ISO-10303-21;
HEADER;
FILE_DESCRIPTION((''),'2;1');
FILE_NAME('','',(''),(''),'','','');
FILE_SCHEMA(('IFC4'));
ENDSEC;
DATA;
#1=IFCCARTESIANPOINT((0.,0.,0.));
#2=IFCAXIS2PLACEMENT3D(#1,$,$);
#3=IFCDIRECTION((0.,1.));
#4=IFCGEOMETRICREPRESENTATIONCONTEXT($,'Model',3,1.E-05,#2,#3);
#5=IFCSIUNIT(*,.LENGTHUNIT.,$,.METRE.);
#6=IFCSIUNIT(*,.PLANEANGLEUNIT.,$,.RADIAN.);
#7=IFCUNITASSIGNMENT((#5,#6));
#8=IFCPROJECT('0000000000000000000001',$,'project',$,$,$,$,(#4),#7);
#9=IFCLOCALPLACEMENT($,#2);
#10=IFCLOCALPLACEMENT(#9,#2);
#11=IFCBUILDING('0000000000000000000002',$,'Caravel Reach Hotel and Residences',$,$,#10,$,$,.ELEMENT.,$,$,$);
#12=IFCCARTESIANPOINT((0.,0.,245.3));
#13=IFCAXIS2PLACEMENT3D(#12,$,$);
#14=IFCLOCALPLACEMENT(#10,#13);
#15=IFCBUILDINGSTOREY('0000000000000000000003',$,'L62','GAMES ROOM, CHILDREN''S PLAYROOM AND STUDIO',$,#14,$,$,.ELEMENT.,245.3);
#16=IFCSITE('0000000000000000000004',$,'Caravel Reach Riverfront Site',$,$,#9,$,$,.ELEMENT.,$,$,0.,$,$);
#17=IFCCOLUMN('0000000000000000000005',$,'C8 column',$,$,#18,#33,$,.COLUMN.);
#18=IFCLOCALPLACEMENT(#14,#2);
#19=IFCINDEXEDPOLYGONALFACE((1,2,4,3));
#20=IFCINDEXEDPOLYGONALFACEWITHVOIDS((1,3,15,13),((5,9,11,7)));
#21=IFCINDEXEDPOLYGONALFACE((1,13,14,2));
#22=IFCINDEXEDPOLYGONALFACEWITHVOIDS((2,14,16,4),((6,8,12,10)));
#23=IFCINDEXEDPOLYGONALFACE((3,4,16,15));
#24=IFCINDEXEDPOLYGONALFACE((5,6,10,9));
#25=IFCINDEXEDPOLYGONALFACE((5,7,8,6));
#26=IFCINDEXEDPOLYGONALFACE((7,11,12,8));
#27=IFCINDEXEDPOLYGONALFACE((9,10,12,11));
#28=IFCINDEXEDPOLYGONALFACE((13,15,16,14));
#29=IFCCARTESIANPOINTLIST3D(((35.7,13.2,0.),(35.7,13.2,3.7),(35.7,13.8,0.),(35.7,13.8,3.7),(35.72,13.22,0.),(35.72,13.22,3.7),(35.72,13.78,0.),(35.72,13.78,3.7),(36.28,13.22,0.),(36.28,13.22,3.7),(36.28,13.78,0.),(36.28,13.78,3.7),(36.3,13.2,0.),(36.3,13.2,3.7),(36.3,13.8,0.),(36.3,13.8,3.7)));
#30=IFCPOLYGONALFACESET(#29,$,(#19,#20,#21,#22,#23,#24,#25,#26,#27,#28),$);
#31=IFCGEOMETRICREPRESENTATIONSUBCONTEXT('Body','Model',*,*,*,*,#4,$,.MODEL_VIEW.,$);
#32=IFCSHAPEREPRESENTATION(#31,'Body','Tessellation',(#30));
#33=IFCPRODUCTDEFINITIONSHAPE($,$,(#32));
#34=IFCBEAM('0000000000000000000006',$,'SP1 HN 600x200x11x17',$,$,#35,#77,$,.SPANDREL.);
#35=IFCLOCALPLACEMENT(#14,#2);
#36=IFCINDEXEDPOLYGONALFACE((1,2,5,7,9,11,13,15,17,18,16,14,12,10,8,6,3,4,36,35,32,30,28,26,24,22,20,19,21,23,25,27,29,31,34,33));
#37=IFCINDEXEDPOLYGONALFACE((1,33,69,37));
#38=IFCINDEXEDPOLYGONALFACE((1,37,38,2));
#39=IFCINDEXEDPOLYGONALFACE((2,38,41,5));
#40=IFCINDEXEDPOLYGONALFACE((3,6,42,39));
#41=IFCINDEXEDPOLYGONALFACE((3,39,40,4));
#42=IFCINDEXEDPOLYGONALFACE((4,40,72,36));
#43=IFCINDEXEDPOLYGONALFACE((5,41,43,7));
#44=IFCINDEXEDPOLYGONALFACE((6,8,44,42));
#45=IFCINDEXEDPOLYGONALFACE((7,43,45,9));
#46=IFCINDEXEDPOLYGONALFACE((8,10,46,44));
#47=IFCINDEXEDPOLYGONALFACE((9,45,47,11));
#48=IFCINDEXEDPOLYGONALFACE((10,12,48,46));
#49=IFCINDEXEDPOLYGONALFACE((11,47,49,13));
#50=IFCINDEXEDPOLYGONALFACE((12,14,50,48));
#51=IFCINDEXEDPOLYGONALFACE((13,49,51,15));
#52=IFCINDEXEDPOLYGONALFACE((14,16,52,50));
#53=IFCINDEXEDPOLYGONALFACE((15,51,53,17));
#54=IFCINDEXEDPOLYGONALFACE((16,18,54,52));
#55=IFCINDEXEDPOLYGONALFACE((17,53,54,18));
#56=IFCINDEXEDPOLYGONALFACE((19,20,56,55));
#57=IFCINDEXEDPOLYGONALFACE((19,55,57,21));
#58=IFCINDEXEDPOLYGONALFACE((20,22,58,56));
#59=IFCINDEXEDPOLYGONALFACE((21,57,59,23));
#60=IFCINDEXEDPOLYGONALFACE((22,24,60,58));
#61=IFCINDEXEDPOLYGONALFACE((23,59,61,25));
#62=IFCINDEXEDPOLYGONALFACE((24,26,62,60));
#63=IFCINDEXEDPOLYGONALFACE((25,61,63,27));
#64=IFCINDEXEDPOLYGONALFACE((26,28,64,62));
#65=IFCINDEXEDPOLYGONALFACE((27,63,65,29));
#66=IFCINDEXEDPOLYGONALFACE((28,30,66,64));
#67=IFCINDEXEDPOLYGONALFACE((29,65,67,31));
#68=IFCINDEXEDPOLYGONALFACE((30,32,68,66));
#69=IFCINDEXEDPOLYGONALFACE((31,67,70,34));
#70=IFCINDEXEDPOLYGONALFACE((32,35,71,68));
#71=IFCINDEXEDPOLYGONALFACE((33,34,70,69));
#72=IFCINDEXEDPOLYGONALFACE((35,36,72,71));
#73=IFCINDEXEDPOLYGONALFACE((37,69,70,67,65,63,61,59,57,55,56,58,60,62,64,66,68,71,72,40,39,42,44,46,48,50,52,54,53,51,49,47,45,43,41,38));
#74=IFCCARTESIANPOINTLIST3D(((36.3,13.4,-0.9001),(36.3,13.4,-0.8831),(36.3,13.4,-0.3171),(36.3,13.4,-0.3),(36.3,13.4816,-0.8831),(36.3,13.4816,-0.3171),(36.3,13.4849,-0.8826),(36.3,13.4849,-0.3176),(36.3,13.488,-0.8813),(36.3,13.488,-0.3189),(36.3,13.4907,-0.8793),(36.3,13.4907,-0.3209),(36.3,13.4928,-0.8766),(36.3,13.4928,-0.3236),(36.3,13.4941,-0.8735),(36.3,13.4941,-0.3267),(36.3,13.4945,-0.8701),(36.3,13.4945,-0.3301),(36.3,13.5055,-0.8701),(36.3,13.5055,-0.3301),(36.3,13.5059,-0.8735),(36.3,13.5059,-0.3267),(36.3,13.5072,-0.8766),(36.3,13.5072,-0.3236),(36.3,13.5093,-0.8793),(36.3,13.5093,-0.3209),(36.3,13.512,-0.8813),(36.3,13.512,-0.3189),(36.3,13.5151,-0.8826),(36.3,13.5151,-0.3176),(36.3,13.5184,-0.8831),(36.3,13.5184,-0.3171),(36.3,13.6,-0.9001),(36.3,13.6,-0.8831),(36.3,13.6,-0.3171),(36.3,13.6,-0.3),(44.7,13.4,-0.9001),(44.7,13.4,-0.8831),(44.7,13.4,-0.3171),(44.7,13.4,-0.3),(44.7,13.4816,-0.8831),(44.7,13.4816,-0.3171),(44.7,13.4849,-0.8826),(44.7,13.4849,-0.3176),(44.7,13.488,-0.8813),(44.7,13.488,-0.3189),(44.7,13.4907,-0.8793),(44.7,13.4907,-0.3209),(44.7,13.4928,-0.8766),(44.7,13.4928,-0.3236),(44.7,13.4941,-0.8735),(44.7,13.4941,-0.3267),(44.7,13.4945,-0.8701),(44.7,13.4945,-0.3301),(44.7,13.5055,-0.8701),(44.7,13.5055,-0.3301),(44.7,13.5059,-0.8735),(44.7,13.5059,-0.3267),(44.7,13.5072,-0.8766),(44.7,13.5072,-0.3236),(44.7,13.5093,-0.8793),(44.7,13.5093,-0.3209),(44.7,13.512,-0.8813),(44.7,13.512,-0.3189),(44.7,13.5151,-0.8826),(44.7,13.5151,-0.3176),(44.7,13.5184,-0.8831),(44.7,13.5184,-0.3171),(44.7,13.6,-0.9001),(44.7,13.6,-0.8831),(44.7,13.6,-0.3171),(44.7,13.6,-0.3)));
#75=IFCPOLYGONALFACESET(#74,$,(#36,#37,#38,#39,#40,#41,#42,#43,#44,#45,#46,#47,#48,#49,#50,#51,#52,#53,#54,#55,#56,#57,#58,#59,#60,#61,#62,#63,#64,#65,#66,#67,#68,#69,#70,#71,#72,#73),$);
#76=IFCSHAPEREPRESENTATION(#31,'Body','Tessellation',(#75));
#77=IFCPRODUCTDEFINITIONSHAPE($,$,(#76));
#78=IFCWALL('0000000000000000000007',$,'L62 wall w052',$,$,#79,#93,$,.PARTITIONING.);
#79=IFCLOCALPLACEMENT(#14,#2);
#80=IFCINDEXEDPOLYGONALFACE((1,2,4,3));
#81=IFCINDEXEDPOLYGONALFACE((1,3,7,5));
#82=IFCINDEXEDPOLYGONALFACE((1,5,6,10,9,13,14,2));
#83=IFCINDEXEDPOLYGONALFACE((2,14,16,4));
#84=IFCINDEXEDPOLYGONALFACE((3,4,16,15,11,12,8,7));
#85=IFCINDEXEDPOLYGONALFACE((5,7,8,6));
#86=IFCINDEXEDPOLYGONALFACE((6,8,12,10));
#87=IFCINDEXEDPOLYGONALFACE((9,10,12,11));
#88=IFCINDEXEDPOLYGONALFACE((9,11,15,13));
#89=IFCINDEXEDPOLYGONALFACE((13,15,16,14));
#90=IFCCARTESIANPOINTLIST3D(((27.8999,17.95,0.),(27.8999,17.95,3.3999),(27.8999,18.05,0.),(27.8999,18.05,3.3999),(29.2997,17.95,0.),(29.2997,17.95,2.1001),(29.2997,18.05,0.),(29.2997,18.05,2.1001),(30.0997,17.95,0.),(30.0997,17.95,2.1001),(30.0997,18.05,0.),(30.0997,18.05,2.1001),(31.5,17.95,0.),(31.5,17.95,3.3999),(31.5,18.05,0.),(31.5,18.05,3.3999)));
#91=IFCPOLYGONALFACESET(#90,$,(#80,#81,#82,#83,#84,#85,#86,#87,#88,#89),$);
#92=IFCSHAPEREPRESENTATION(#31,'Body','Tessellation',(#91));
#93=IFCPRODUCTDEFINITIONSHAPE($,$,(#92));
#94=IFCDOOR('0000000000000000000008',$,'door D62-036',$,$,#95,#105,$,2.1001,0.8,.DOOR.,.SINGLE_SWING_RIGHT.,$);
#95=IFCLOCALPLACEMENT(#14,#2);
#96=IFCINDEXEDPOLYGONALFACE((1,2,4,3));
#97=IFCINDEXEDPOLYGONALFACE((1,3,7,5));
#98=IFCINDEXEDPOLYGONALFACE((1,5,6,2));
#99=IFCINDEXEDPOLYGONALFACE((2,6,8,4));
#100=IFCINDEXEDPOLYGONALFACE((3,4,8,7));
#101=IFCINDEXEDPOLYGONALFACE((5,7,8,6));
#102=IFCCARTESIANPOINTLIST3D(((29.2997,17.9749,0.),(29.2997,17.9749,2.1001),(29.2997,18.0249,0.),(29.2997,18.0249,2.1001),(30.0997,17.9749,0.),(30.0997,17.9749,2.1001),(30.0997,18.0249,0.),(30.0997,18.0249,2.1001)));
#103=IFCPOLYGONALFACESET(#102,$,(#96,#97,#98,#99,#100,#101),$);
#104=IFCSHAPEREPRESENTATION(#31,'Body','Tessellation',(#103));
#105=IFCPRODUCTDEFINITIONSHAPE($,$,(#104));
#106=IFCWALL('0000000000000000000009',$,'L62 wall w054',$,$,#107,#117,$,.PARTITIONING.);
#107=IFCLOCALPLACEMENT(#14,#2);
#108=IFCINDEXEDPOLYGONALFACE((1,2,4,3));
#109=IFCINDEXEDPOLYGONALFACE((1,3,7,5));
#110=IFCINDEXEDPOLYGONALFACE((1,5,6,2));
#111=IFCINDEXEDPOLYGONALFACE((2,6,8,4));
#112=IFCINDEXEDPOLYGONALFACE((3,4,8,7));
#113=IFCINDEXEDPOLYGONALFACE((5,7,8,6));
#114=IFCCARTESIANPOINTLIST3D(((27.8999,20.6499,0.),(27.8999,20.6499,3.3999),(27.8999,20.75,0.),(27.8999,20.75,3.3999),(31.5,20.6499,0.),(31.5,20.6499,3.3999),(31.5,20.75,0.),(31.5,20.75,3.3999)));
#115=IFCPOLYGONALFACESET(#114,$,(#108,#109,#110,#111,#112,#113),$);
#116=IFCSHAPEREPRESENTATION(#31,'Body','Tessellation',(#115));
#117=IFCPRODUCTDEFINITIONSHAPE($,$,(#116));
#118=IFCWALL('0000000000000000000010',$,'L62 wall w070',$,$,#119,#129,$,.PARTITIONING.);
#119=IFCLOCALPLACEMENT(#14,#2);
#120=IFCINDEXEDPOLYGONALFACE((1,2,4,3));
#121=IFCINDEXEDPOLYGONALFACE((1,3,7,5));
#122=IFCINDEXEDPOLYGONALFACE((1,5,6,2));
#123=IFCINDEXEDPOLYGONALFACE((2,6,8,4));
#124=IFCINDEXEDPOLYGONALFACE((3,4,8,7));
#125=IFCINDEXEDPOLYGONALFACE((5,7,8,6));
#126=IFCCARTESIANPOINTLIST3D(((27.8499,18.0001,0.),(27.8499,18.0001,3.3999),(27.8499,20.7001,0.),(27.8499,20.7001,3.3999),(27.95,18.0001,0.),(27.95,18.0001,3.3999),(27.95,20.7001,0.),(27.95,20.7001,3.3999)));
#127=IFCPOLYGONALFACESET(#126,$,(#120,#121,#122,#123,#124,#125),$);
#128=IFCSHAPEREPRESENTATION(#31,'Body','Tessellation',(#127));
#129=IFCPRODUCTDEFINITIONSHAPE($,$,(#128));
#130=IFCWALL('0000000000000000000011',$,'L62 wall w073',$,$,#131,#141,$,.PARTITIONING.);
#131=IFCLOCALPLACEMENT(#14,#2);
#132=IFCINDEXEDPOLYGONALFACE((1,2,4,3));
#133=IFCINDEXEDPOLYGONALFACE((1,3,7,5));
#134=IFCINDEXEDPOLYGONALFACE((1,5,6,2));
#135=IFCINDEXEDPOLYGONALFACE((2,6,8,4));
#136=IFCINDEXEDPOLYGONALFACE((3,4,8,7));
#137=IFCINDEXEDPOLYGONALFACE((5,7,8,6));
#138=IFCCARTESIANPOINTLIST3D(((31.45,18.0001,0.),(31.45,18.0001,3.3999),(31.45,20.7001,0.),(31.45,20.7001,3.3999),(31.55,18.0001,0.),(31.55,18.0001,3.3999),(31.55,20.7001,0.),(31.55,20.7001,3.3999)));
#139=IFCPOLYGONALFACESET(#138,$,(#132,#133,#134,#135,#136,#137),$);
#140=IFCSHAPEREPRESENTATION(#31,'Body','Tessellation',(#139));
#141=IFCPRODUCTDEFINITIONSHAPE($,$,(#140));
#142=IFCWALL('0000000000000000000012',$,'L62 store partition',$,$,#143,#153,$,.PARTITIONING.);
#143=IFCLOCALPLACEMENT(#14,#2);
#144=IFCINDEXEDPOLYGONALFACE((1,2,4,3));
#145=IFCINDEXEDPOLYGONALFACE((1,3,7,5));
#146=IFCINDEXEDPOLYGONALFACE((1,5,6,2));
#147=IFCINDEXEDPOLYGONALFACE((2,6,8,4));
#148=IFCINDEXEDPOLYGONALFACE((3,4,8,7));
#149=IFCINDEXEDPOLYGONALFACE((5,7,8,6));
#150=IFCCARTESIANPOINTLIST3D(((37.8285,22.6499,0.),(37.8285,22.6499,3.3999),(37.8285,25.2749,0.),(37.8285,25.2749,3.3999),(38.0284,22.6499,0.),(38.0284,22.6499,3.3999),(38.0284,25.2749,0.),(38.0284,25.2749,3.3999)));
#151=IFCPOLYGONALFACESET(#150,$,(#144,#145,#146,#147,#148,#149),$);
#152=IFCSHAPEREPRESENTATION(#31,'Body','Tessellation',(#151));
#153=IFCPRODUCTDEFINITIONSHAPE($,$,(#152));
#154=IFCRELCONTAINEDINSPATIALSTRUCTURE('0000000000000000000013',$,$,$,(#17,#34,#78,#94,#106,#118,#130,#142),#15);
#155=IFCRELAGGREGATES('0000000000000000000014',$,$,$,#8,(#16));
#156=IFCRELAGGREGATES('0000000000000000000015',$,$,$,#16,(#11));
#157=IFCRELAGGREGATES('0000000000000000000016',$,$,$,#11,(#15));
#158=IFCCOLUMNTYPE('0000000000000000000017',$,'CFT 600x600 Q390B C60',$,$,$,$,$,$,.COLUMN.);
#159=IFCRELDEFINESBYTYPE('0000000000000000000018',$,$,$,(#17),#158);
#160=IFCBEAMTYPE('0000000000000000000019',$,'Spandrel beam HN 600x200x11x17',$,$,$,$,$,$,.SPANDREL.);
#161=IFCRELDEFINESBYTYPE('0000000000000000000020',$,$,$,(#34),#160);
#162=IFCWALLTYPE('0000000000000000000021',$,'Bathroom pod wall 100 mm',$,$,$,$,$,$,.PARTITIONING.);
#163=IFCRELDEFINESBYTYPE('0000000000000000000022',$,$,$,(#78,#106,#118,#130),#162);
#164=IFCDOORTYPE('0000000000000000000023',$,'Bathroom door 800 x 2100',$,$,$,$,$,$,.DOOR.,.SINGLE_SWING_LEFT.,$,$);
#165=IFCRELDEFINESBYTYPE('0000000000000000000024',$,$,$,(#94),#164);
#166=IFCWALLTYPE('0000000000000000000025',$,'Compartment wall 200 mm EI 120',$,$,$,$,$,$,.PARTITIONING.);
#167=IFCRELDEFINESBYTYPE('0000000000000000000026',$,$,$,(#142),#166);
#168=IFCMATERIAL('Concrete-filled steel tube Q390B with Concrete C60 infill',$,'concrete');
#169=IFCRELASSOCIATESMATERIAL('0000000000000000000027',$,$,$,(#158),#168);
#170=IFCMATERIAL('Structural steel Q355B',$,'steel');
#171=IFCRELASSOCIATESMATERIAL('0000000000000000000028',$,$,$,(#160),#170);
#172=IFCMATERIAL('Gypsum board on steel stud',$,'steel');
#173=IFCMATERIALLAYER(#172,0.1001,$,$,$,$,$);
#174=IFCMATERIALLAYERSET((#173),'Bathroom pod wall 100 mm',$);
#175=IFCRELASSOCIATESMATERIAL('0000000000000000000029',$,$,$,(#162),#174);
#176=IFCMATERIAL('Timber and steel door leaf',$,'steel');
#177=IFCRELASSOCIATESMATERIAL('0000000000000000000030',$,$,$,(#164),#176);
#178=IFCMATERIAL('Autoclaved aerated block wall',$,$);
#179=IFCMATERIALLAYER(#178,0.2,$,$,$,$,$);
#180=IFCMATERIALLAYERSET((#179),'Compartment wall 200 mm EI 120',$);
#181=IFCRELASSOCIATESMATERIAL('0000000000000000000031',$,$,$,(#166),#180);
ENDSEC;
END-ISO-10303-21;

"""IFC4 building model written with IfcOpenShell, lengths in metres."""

from ifc_helpers import new_model, si_unit, direction, frame, frame_2d, origin, origin_2d, place, context, subcontext, project, spatial, rectangle, hollow_rectangle, i_section, extrude, material, layer, layer_set, material_profile, profile_set, type_object, element, fill, save


model = new_model("IFC4")

# Units and contexts
model_context = context("Model", 3, precision=1e-05, world=origin(), true_north=direction((0.0, 1.0)))
body_context = subcontext(model_context, "Body", "Model", "MODEL_VIEW")
ifc_project = project(units=[si_unit("LENGTHUNIT", "METRE"), si_unit("PLANEANGLEUNIT", "RADIAN")], contexts=[model_context])

# Site, building, storey
site_placement = place(None, origin())
site = spatial("IfcSite", under=ifc_project, at=site_placement, Name="Caravel Reach Riverfront Site", CompositionType="ELEMENT", RefElevation=0.0)
building_placement = place(site_placement, origin())
building = spatial("IfcBuilding", under=site, at=building_placement, Name="Caravel Reach Hotel and Residences", CompositionType="ELEMENT")
storey_placement = place(building_placement, frame((0.0, 0.0, 245.3)))
storey = spatial("IfcBuildingStorey", under=building, at=storey_placement, Name="L62", Description="GAMES ROOM, CHILDREN'S PLAYROOM AND STUDIO", CompositionType="ELEMENT", Elevation=245.3)

# Column
ifc_material_1 = material(Name="Concrete-filled steel tube Q390B with Concrete C60 infill", Category="concrete")
ifc_material_profile_1 = material_profile(ifc_material_1, hollow_rectangle(XDim=0.6001, YDim=0.6001, WallThickness=0.02, at=origin_2d()), Name="RHS 600x600x20")
ifc_profile_set_1 = profile_set([ifc_material_profile_1], Name="Concrete-filled steel tube Q390B with Concrete C60 infill")
column_type = type_object("IfcColumnType", Name="CFT 600x600 Q390B C60", PredefinedType="COLUMN", material=ifc_profile_set_1)
column_placement = place(storey_placement, frame((36.0, 13.5, 0.0), z_axis=(0.0, 0.0, 1.0), x_axis=(1.0, 0.0, 0.0)))
element("IfcColumn", 1, at=column_placement, inside=storey, type_object=column_type, Name="C8 column", PredefinedType="COLUMN", context=body_context, shape_type="SweptSolid", body=[
    extrude(hollow_rectangle(XDim=0.6001, YDim=0.6001, WallThickness=0.02, at=origin_2d()), origin(), (0.0, 0.0, 1.0), 3.7),
])

# Beam
ifc_material_2 = material(Name="Structural steel Q355B", Category="steel")
ifc_material_profile_2 = material_profile(ifc_material_2, i_section(OverallWidth=0.2, OverallDepth=0.6001, WebThickness=0.011, FlangeThickness=0.0171, FilletRadius=0.0129, at=origin_2d()), Name="HN 600x200x11x17")
ifc_profile_set_2 = profile_set([ifc_material_profile_2], Name="Structural steel Q355B")
beam_type = type_object("IfcBeamType", Name="Spandrel beam HN 600x200x11x17", PredefinedType="SPANDREL", material=ifc_profile_set_2)
beam_placement = place(storey_placement, frame((36.3, 13.5, -0.6001), z_axis=(1.0, 0.0, 0.0), x_axis=(0.0, 1.0, 0.0)))
element("IfcBeam", 2, at=beam_placement, inside=storey, type_object=beam_type, Name="SP1 HN 600x200x11x17", PredefinedType="SPANDREL", context=body_context, shape_type="SweptSolid", body=[
    extrude(i_section(OverallWidth=0.2, OverallDepth=0.6001, WebThickness=0.011, FlangeThickness=0.0171, FilletRadius=0.0129, at=origin_2d()), origin(), (0.0, 0.0, 1.0), 8.3999),
])

# Wall, opening, door
ifc_material_3 = material(Name="Gypsum board on steel stud", Category="steel")
ifc_layer_1 = layer(ifc_material_3, 0.1001)
ifc_layer_set_1 = layer_set([ifc_layer_1], Name="Bathroom pod wall 100 mm")
wall_type_1 = type_object("IfcWallType", Name="Bathroom pod wall 100 mm", PredefinedType="PARTITIONING", material=ifc_layer_set_1)
wall_1_placement = place(storey_placement, frame((27.8999, 18.0, 0.0), z_axis=(0.0, 0.0, 1.0), x_axis=(1.0, 0.0, 0.0)))
wall_1 = element("IfcWall", 3, at=wall_1_placement, inside=storey, type_object=wall_type_1, Name="L62 wall w052", PredefinedType="PARTITIONING", context=body_context, shape_type="SweptSolid", body=[
    extrude(rectangle(XDim=3.6001, YDim=0.1001, at=frame_2d((1.8, 0.0))), origin(), (0.0, 0.0, 1.0), 3.3999),
])
opening_1_placement = place(wall_1_placement, frame((1.3999, 0.0, 0.0)))
opening_1 = element("IfcOpeningElement", 4, at=opening_1_placement, cuts=wall_1, PredefinedType="OPENING", context=body_context, shape_type="SweptSolid", body=[
    extrude(rectangle(XDim=0.8, YDim=2.1001, at=frame_2d((0.3999, 1.05))), frame((0.0, 0.0601, 0.0), z_axis=(0.0, -1.0, 0.0), x_axis=(1.0, 0.0, 0.0)), (0.0, 0.0, 1.0), 0.1201),
])
ifc_material_4 = material(Name="Timber and steel door leaf", Category="steel")
door_type_1 = type_object("IfcDoorType", Name="Bathroom door 800 x 2100", OperationType="SINGLE_SWING_LEFT", PredefinedType="DOOR", material=ifc_material_4)
door_1_placement = place(opening_1_placement, origin())
door_1 = element("IfcDoor", 5, at=door_1_placement, inside=storey, type_object=door_type_1, Name="door D62-036", OperationType="SINGLE_SWING_RIGHT", OverallHeight=2.1001, OverallWidth=0.8, PredefinedType="DOOR", context=body_context, shape_type="SweptSolid", body=[
    extrude(rectangle(XDim=0.8, YDim=2.1001, at=frame_2d((0.3999, 1.05))), frame((0.0, 0.0249, 0.0), z_axis=(0.0, -1.0, 0.0), x_axis=(1.0, 0.0, 0.0)), (0.0, 0.0, 1.0), 0.05),
])
fill(opening_1, door_1)

# Walls
wall_2_placement = place(storey_placement, frame((27.8999, 20.7, 0.0), z_axis=(0.0, 0.0, 1.0), x_axis=(1.0, 0.0, 0.0)))
element("IfcWall", 6, at=wall_2_placement, inside=storey, type_object=wall_type_1, Name="L62 wall w054", PredefinedType="PARTITIONING", context=body_context, shape_type="SweptSolid", body=[
    extrude(rectangle(XDim=3.6001, YDim=0.1001, at=frame_2d((1.8, 0.0))), origin(), (0.0, 0.0, 1.0), 3.3999),
])
for number, where, z_axis, x_axis, name in (
    (7, (27.8999, 18.0, 0.0), (0.0, 0.0, 1.0), (0.0, 1.0, 0.0), "L62 wall w070"),
    (8, (31.5, 18.0, 0.0), (0.0, 0.0, 1.0), (0.0, 1.0, 0.0), "L62 wall w073"),
):
    element("IfcWall", number, at=place(storey_placement, frame(where, z_axis=z_axis, x_axis=x_axis)), inside=storey, type_object=wall_type_1, Name=name, PredefinedType="PARTITIONING", context=body_context, shape_type="SweptSolid", body=[
        extrude(rectangle(XDim=2.7, YDim=0.1001, at=frame_2d((1.3501, 0.0))), origin(), (0.0, 0.0, 1.0), 3.3999),
    ])
ifc_material_5 = material(Name="Autoclaved aerated block wall")
ifc_layer_2 = layer(ifc_material_5, 0.2)
ifc_layer_set_2 = layer_set([ifc_layer_2], Name="Compartment wall 200 mm EI 120")
wall_type_2 = type_object("IfcWallType", Name="Compartment wall 200 mm EI 120", PredefinedType="PARTITIONING", material=ifc_layer_set_2)
wall_3_placement = place(storey_placement, frame((37.9285, 22.6499, 0.0), z_axis=(0.0, 0.0, 1.0), x_axis=(0.0, 1.0, 0.0)))
element("IfcWall", 9, at=wall_3_placement, inside=storey, type_object=wall_type_2, Name="L62 store partition", PredefinedType="PARTITIONING", context=body_context, shape_type="SweptSolid", body=[
    extrude(rectangle(XDim=2.625, YDim=0.2, at=frame_2d((1.3125, 0.0))), origin(), (0.0, 0.0, 1.0), 3.3999),
])

save(model, "model.ifc")
